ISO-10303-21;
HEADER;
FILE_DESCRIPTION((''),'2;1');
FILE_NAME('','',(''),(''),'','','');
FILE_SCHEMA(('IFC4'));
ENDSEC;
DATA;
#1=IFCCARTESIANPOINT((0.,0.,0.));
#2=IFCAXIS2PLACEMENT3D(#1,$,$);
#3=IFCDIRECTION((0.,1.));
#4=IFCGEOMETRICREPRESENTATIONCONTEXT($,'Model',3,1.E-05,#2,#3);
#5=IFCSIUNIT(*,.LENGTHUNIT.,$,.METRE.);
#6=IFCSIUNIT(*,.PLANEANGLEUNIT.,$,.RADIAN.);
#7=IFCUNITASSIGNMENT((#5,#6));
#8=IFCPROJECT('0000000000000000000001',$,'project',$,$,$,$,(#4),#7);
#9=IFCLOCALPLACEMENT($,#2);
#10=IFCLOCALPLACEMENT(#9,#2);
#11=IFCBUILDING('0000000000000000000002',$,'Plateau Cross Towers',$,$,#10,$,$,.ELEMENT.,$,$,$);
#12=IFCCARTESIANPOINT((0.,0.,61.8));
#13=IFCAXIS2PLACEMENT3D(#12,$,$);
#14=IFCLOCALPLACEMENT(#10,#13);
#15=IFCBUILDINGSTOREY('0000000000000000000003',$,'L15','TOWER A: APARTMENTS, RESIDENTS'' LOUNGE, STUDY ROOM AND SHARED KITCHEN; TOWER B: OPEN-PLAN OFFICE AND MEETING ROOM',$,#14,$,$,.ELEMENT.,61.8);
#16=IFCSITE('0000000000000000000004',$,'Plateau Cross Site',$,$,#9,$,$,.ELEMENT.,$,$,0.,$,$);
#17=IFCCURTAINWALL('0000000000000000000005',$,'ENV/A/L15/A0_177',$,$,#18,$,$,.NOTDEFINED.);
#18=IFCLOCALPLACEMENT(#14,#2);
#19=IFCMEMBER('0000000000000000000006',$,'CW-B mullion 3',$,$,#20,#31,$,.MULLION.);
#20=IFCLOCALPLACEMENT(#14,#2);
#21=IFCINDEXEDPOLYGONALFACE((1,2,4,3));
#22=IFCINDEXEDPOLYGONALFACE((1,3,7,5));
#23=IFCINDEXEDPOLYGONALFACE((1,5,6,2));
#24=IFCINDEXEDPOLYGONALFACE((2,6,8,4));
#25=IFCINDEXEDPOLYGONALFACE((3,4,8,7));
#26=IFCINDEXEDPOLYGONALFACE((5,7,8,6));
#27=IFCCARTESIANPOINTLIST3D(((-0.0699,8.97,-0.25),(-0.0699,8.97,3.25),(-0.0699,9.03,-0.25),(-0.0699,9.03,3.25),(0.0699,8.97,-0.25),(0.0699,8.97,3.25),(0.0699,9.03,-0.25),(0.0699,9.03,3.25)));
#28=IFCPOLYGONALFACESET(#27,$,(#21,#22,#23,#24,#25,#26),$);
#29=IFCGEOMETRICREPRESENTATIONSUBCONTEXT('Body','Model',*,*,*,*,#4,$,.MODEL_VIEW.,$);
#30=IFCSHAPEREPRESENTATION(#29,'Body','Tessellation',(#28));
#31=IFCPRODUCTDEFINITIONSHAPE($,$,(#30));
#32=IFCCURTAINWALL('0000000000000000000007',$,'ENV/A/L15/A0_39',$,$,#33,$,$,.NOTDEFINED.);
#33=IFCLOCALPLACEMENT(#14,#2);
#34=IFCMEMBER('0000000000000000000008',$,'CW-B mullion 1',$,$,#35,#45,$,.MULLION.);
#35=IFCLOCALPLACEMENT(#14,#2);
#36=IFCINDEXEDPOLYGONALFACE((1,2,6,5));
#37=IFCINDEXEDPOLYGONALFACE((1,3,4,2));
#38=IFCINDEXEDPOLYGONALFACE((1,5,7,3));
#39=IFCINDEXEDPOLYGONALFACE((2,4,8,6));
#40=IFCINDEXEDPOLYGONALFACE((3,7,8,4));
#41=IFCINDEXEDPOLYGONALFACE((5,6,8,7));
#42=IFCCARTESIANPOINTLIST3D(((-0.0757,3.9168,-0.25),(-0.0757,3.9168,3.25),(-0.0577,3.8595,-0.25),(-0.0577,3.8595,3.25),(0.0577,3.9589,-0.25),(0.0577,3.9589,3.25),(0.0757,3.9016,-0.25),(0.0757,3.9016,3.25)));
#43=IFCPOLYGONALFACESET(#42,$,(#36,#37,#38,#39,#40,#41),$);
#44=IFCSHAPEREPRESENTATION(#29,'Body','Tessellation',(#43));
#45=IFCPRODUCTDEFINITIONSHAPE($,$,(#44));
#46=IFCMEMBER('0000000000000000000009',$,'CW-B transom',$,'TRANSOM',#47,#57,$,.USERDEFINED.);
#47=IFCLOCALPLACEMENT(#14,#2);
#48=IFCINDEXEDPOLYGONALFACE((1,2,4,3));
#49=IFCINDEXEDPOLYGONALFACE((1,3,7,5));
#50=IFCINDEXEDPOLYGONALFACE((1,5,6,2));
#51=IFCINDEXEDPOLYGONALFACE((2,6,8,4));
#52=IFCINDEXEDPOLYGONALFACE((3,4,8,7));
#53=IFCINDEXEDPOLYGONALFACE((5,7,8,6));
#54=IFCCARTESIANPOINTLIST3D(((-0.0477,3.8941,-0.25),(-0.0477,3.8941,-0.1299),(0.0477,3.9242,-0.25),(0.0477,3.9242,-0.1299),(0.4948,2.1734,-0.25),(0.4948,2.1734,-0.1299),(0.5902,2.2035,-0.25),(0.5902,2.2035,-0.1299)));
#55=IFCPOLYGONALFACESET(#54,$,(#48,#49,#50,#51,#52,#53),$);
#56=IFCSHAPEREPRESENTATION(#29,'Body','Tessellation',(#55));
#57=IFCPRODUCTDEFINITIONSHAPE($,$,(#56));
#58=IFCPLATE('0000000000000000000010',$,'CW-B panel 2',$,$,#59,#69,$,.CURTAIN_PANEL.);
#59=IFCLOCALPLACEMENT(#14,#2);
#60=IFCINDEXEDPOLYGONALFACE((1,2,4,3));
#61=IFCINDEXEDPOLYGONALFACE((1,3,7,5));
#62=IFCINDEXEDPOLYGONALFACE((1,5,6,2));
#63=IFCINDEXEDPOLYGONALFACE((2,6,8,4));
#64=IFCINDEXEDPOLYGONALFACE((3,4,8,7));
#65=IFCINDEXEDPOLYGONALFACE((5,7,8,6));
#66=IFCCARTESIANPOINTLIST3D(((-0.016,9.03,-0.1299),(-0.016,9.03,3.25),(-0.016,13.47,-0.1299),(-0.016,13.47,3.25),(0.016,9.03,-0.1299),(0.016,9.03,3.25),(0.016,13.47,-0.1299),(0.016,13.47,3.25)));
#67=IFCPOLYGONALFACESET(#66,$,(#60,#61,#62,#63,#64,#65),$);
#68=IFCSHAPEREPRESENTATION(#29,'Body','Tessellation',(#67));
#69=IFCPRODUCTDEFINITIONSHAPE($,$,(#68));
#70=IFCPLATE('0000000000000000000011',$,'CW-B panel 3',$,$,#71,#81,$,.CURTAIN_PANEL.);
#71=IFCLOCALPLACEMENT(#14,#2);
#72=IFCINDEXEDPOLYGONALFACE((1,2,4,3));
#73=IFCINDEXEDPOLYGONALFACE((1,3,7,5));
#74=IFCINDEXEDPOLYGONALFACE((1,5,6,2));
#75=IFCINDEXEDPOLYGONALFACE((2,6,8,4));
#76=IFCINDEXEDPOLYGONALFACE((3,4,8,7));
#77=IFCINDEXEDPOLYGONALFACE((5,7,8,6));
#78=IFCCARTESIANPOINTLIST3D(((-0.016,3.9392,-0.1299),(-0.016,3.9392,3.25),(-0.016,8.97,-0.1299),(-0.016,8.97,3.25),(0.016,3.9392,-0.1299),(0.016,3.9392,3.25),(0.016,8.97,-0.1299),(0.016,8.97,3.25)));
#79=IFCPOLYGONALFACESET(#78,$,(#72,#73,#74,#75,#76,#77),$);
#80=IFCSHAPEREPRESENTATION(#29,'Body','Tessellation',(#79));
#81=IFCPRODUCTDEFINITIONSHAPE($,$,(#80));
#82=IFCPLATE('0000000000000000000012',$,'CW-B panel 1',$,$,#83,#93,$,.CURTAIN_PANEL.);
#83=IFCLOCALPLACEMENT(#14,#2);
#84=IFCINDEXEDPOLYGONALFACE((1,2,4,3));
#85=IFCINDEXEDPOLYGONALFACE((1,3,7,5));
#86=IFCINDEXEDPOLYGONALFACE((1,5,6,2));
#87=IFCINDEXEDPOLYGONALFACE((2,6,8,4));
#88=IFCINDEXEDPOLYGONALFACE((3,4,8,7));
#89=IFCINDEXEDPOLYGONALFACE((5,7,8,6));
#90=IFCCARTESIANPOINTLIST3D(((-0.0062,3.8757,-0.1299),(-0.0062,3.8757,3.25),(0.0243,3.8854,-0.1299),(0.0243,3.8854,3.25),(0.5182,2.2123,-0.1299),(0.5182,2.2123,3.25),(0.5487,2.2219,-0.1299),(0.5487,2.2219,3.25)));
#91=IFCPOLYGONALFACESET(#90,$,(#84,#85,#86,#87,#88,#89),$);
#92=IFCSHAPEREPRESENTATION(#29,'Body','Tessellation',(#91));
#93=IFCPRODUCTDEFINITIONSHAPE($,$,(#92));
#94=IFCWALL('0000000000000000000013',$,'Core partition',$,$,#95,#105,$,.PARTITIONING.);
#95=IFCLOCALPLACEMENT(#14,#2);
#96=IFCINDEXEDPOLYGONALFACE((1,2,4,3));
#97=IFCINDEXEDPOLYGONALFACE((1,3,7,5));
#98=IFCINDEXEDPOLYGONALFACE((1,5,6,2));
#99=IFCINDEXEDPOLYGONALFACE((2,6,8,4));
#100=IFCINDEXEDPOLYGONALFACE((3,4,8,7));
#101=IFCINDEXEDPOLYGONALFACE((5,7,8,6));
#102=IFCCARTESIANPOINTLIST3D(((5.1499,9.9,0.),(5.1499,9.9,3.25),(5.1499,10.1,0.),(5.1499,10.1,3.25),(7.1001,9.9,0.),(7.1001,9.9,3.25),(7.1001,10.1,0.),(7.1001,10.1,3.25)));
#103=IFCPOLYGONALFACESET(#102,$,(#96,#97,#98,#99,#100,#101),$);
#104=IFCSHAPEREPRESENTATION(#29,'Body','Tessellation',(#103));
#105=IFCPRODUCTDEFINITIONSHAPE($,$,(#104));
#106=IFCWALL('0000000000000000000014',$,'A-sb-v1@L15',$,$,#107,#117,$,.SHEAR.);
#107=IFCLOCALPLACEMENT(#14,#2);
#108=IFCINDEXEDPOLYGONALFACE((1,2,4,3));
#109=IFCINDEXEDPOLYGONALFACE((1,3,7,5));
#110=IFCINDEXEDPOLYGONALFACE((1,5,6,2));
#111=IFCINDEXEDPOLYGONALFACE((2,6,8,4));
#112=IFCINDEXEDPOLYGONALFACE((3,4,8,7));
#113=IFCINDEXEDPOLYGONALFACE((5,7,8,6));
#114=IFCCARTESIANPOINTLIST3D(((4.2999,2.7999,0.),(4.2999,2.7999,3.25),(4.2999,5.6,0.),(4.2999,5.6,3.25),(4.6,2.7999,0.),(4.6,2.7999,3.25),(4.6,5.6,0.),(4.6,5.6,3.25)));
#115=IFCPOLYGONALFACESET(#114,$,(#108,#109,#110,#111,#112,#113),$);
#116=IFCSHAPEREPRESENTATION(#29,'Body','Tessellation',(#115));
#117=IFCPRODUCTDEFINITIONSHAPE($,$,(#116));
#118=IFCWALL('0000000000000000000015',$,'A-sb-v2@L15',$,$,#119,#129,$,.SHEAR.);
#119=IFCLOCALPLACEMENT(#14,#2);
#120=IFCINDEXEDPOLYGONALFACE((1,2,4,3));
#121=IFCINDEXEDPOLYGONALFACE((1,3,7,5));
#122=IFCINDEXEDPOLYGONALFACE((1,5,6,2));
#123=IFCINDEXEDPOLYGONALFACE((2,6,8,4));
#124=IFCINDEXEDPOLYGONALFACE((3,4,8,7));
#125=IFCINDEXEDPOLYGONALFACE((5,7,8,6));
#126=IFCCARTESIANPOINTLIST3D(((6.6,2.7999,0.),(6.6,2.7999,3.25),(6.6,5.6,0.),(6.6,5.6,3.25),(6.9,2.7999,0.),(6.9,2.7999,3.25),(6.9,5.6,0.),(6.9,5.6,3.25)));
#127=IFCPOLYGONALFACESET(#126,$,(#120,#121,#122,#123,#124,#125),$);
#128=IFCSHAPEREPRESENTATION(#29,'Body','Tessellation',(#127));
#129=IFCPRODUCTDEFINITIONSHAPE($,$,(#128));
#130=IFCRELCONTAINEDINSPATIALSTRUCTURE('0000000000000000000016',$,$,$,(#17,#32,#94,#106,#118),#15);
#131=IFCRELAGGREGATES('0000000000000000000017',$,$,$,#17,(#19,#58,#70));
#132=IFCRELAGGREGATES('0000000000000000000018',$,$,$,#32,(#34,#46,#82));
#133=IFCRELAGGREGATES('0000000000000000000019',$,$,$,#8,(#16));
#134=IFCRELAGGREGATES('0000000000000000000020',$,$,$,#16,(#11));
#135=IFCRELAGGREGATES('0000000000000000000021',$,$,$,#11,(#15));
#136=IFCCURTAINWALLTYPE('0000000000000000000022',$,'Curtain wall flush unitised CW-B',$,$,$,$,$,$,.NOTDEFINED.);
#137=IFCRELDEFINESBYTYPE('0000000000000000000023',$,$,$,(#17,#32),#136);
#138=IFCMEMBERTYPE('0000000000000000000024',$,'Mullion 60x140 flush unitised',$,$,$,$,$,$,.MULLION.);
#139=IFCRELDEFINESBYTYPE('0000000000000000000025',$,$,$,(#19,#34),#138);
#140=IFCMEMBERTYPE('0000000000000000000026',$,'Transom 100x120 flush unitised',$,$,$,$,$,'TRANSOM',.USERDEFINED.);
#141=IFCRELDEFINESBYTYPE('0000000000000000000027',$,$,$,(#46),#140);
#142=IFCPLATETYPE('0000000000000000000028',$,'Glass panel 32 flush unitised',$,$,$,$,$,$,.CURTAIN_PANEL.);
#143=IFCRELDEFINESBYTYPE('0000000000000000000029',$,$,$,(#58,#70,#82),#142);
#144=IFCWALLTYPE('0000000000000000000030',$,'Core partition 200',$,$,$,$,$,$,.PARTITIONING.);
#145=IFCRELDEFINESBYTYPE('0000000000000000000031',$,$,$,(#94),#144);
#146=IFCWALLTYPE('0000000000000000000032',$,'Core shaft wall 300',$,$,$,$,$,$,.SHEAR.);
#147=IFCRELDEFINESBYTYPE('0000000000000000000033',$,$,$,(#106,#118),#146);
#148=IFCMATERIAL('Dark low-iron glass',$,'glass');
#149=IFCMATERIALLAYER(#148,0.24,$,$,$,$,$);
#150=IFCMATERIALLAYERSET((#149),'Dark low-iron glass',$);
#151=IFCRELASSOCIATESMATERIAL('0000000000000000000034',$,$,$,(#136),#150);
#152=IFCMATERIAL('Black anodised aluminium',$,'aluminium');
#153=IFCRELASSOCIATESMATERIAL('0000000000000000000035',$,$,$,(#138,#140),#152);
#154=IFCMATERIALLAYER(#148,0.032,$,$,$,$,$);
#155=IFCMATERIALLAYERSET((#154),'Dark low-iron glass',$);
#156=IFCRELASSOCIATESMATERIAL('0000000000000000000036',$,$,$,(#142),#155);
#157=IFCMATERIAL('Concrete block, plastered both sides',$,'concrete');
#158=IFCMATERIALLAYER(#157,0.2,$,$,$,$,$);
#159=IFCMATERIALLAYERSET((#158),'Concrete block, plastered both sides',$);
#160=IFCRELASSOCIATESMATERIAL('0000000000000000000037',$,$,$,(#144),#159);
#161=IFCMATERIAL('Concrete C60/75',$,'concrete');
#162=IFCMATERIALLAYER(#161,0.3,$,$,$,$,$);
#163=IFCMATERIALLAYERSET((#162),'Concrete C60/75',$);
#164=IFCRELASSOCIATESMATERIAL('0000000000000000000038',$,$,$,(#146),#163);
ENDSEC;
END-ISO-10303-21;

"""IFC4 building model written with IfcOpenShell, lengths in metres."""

from ifc_helpers import new_model, si_unit, direction, frame, frame_2d, origin, origin_2d, place, context, subcontext, project, spatial, rectangle, extrude, material, layer, layer_set, material_profile, profile_set, type_object, element, aggregate, save


model = new_model("IFC4")

# Units and contexts
model_context = context("Model", 3, precision=1e-05, world=origin(), true_north=direction((0.0, 1.0)))
body_context = subcontext(model_context, "Body", "Model", "MODEL_VIEW")
ifc_project = project(units=[si_unit("LENGTHUNIT", "METRE"), si_unit("PLANEANGLEUNIT", "RADIAN")], contexts=[model_context])

# Site, building, storey
site_placement = place(None, origin())
site = spatial("IfcSite", under=ifc_project, at=site_placement, Name="Plateau Cross Site", CompositionType="ELEMENT", RefElevation=0.0)
building_placement = place(site_placement, origin())
building = spatial("IfcBuilding", under=site, at=building_placement, Name="Plateau Cross Towers", CompositionType="ELEMENT")
storey_placement = place(building_placement, frame((0.0, 0.0, 61.8)))
storey = spatial("IfcBuildingStorey", under=building, at=storey_placement, Name="L15", Description="TOWER A: APARTMENTS, RESIDENTS' LOUNGE, STUDY ROOM AND SHARED KITCHEN; TOWER B: OPEN-PLAN OFFICE AND MEETING ROOM", CompositionType="ELEMENT", Elevation=61.8)

# Curtain wall, member
ifc_material_1 = material(Name="Dark low-iron glass", Category="glass")
ifc_layer_1 = layer(ifc_material_1, 0.24)
ifc_layer_set_1 = layer_set([ifc_layer_1], Name="Dark low-iron glass")
curtain_wall_type = type_object("IfcCurtainWallType", Name="Curtain wall flush unitised CW-B", PredefinedType="NOTDEFINED", material=ifc_layer_set_1)
curtain_wall_1_placement = place(storey_placement, origin())
curtain_wall_1 = element("IfcCurtainWall", 1, at=curtain_wall_1_placement, inside=storey, type_object=curtain_wall_type, Name="ENV/A/L15/A0_177", PredefinedType="NOTDEFINED")
ifc_material_2 = material(Name="Black anodised aluminium", Category="aluminium")
ifc_material_profile_1 = material_profile(ifc_material_2, rectangle(XDim=0.0601, YDim=0.1399, at=origin_2d()), Name="MULLION 60x140")
ifc_profile_set_1 = profile_set([ifc_material_profile_1], Name="Black anodised aluminium")
member_type_1 = type_object("IfcMemberType", Name="Mullion 60x140 flush unitised", PredefinedType="MULLION", material=ifc_profile_set_1)
member_1_placement = place(storey_placement, frame((0.0, 9.0, -0.25), z_axis=(0.0, 0.0, 1.0), x_axis=(0.0, -1.0, 0.0)))
member_1 = element("IfcMember", 2, at=member_1_placement, type_object=member_type_1, Name="CW-B mullion 3", PredefinedType="MULLION", context=body_context, shape_type="SweptSolid", body=[
    extrude(rectangle(XDim=0.0601, YDim=0.1399, at=origin_2d()), origin(), (0.0, 0.0, 1.0), 3.5),
])

# Curtain wall, members
curtain_wall_2_placement = place(storey_placement, origin())
curtain_wall_2 = element("IfcCurtainWall", 3, at=curtain_wall_2_placement, inside=storey, type_object=curtain_wall_type, Name="ENV/A/L15/A0_39", PredefinedType="NOTDEFINED")
member_2_placement = place(storey_placement, frame((0.0, 3.9092, -0.25), z_axis=(0.0, 0.0, 1.0), x_axis=(0.300686, -0.953723, 0.0)))
member_2 = element("IfcMember", 4, at=member_2_placement, type_object=member_type_1, Name="CW-B mullion 1", PredefinedType="MULLION", context=body_context, shape_type="SweptSolid", body=[
    extrude(rectangle(XDim=0.0601, YDim=0.1399, at=origin_2d()), origin(), (0.0, 0.0, 1.0), 3.5),
])
ifc_material_profile_2 = material_profile(ifc_material_2, rectangle(XDim=0.1001, YDim=0.1201, at=origin_2d()), Name="TRANSOM 100x120")
ifc_profile_set_2 = profile_set([ifc_material_profile_2], Name="Black anodised aluminium")
member_type_2 = type_object("IfcMemberType", Name="Transom 100x120 flush unitised", ElementType="TRANSOM", PredefinedType="USERDEFINED", material=ifc_profile_set_2)
member_3_placement = place(storey_placement, frame((0.0, 3.9092, -0.1899), z_axis=(0.300678, -0.953726, 0.0), x_axis=(0.953726, 0.300678, 0.0)))
member_3 = element("IfcMember", 5, at=member_3_placement, type_object=member_type_2, Name="CW-B transom", ObjectType="TRANSOM", PredefinedType="USERDEFINED", context=body_context, shape_type="SweptSolid", body=[
    extrude(rectangle(XDim=0.1001, YDim=0.1201, at=origin_2d()), origin(), (0.0, 0.0, 1.0), 1.8042),
])

# Plates
ifc_layer_2 = layer(ifc_material_1, 0.032)
ifc_layer_set_2 = layer_set([ifc_layer_2], Name="Dark low-iron glass")
plate_type = type_object("IfcPlateType", Name="Glass panel 32 flush unitised", PredefinedType="CURTAIN_PANEL", material=ifc_layer_set_2)
plate_1_placement = place(storey_placement, frame((0.0, 11.25, -0.1299), z_axis=(0.0, 0.0, 1.0), x_axis=(0.0, -1.0, 0.0)))
plate_1 = element("IfcPlate", 6, at=plate_1_placement, type_object=plate_type, Name="CW-B panel 2", PredefinedType="CURTAIN_PANEL", context=body_context, shape_type="SweptSolid", body=[
    extrude(rectangle(XDim=4.4399, YDim=0.032, at=origin_2d()), origin(), (0.0, 0.0, 1.0), 3.3799),
])
plate_2_placement = place(storey_placement, frame((0.0, 6.4546, -0.1299), z_axis=(0.0, 0.0, 1.0), x_axis=(0.0, -1.0, 0.0)))
plate_2 = element("IfcPlate", 7, at=plate_2_placement, type_object=plate_type, Name="CW-B panel 3", PredefinedType="CURTAIN_PANEL", context=body_context, shape_type="SweptSolid", body=[
    extrude(rectangle(XDim=5.0308, YDim=0.032, at=origin_2d()), origin(), (0.0, 0.0, 1.0), 3.3799),
])
aggregate(curtain_wall_1, [member_1, plate_1, plate_2])
plate_3_placement = place(storey_placement, frame((0.2712, 3.0488, -0.1299), z_axis=(0.0, 0.0, 1.0), x_axis=(0.300686, -0.953723, 0.0)))
plate_3 = element("IfcPlate", 8, at=plate_3_placement, type_object=plate_type, Name="CW-B panel 1", PredefinedType="CURTAIN_PANEL", context=body_context, shape_type="SweptSolid", body=[
    extrude(rectangle(XDim=1.7441, YDim=0.032, at=origin_2d()), origin(), (0.0, 0.0, 1.0), 3.3799),
])
aggregate(curtain_wall_2, [member_2, member_3, plate_3])

# Walls
ifc_material_3 = material(Name="Concrete block, plastered both sides", Category="concrete")
ifc_layer_3 = layer(ifc_material_3, 0.2)
ifc_layer_set_3 = layer_set([ifc_layer_3], Name="Concrete block, plastered both sides")
wall_type_1 = type_object("IfcWallType", Name="Core partition 200", PredefinedType="PARTITIONING", material=ifc_layer_set_3)
wall_1_placement = place(storey_placement, frame((5.1499, 10.0, 0.0), z_axis=(0.0, 0.0, 1.0), x_axis=(1.0, 0.0, 0.0)))
element("IfcWall", 9, at=wall_1_placement, inside=storey, type_object=wall_type_1, Name="Core partition", PredefinedType="PARTITIONING", context=body_context, shape_type="SweptSolid", body=[
    extrude(rectangle(XDim=1.9502, YDim=0.2, at=frame_2d((0.9751, 0.0))), origin(), (0.0, 0.0, 1.0), 3.25),
])
ifc_material_4 = material(Name="Concrete C60/75", Category="concrete")
ifc_layer_4 = layer(ifc_material_4, 0.3)
ifc_layer_set_4 = layer_set([ifc_layer_4], Name="Concrete C60/75")
wall_type_2 = type_object("IfcWallType", Name="Core shaft wall 300", PredefinedType="SHEAR", material=ifc_layer_set_4)
for number, where, z_axis, x_axis, name in (
    (10, (4.45, 2.8, 0.0), (0.0, 0.0, 1.0), (0.0, 1.0, 0.0), "A-sb-v1@L15"),
    (11, (6.75, 2.8, 0.0), (0.0, 0.0, 1.0), (0.0, 1.0, 0.0), "A-sb-v2@L15"),
):
    element("IfcWall", number, at=place(storey_placement, frame(where, z_axis=z_axis, x_axis=x_axis)), inside=storey, type_object=wall_type_2, Name=name, PredefinedType="SHEAR", context=body_context, shape_type="SweptSolid", body=[
        extrude(rectangle(XDim=2.8, YDim=0.3, at=frame_2d((1.3999, 0.0))), origin(), (0.0, 0.0, 1.0), 3.25),
    ])

save(model, "model.ifc")
